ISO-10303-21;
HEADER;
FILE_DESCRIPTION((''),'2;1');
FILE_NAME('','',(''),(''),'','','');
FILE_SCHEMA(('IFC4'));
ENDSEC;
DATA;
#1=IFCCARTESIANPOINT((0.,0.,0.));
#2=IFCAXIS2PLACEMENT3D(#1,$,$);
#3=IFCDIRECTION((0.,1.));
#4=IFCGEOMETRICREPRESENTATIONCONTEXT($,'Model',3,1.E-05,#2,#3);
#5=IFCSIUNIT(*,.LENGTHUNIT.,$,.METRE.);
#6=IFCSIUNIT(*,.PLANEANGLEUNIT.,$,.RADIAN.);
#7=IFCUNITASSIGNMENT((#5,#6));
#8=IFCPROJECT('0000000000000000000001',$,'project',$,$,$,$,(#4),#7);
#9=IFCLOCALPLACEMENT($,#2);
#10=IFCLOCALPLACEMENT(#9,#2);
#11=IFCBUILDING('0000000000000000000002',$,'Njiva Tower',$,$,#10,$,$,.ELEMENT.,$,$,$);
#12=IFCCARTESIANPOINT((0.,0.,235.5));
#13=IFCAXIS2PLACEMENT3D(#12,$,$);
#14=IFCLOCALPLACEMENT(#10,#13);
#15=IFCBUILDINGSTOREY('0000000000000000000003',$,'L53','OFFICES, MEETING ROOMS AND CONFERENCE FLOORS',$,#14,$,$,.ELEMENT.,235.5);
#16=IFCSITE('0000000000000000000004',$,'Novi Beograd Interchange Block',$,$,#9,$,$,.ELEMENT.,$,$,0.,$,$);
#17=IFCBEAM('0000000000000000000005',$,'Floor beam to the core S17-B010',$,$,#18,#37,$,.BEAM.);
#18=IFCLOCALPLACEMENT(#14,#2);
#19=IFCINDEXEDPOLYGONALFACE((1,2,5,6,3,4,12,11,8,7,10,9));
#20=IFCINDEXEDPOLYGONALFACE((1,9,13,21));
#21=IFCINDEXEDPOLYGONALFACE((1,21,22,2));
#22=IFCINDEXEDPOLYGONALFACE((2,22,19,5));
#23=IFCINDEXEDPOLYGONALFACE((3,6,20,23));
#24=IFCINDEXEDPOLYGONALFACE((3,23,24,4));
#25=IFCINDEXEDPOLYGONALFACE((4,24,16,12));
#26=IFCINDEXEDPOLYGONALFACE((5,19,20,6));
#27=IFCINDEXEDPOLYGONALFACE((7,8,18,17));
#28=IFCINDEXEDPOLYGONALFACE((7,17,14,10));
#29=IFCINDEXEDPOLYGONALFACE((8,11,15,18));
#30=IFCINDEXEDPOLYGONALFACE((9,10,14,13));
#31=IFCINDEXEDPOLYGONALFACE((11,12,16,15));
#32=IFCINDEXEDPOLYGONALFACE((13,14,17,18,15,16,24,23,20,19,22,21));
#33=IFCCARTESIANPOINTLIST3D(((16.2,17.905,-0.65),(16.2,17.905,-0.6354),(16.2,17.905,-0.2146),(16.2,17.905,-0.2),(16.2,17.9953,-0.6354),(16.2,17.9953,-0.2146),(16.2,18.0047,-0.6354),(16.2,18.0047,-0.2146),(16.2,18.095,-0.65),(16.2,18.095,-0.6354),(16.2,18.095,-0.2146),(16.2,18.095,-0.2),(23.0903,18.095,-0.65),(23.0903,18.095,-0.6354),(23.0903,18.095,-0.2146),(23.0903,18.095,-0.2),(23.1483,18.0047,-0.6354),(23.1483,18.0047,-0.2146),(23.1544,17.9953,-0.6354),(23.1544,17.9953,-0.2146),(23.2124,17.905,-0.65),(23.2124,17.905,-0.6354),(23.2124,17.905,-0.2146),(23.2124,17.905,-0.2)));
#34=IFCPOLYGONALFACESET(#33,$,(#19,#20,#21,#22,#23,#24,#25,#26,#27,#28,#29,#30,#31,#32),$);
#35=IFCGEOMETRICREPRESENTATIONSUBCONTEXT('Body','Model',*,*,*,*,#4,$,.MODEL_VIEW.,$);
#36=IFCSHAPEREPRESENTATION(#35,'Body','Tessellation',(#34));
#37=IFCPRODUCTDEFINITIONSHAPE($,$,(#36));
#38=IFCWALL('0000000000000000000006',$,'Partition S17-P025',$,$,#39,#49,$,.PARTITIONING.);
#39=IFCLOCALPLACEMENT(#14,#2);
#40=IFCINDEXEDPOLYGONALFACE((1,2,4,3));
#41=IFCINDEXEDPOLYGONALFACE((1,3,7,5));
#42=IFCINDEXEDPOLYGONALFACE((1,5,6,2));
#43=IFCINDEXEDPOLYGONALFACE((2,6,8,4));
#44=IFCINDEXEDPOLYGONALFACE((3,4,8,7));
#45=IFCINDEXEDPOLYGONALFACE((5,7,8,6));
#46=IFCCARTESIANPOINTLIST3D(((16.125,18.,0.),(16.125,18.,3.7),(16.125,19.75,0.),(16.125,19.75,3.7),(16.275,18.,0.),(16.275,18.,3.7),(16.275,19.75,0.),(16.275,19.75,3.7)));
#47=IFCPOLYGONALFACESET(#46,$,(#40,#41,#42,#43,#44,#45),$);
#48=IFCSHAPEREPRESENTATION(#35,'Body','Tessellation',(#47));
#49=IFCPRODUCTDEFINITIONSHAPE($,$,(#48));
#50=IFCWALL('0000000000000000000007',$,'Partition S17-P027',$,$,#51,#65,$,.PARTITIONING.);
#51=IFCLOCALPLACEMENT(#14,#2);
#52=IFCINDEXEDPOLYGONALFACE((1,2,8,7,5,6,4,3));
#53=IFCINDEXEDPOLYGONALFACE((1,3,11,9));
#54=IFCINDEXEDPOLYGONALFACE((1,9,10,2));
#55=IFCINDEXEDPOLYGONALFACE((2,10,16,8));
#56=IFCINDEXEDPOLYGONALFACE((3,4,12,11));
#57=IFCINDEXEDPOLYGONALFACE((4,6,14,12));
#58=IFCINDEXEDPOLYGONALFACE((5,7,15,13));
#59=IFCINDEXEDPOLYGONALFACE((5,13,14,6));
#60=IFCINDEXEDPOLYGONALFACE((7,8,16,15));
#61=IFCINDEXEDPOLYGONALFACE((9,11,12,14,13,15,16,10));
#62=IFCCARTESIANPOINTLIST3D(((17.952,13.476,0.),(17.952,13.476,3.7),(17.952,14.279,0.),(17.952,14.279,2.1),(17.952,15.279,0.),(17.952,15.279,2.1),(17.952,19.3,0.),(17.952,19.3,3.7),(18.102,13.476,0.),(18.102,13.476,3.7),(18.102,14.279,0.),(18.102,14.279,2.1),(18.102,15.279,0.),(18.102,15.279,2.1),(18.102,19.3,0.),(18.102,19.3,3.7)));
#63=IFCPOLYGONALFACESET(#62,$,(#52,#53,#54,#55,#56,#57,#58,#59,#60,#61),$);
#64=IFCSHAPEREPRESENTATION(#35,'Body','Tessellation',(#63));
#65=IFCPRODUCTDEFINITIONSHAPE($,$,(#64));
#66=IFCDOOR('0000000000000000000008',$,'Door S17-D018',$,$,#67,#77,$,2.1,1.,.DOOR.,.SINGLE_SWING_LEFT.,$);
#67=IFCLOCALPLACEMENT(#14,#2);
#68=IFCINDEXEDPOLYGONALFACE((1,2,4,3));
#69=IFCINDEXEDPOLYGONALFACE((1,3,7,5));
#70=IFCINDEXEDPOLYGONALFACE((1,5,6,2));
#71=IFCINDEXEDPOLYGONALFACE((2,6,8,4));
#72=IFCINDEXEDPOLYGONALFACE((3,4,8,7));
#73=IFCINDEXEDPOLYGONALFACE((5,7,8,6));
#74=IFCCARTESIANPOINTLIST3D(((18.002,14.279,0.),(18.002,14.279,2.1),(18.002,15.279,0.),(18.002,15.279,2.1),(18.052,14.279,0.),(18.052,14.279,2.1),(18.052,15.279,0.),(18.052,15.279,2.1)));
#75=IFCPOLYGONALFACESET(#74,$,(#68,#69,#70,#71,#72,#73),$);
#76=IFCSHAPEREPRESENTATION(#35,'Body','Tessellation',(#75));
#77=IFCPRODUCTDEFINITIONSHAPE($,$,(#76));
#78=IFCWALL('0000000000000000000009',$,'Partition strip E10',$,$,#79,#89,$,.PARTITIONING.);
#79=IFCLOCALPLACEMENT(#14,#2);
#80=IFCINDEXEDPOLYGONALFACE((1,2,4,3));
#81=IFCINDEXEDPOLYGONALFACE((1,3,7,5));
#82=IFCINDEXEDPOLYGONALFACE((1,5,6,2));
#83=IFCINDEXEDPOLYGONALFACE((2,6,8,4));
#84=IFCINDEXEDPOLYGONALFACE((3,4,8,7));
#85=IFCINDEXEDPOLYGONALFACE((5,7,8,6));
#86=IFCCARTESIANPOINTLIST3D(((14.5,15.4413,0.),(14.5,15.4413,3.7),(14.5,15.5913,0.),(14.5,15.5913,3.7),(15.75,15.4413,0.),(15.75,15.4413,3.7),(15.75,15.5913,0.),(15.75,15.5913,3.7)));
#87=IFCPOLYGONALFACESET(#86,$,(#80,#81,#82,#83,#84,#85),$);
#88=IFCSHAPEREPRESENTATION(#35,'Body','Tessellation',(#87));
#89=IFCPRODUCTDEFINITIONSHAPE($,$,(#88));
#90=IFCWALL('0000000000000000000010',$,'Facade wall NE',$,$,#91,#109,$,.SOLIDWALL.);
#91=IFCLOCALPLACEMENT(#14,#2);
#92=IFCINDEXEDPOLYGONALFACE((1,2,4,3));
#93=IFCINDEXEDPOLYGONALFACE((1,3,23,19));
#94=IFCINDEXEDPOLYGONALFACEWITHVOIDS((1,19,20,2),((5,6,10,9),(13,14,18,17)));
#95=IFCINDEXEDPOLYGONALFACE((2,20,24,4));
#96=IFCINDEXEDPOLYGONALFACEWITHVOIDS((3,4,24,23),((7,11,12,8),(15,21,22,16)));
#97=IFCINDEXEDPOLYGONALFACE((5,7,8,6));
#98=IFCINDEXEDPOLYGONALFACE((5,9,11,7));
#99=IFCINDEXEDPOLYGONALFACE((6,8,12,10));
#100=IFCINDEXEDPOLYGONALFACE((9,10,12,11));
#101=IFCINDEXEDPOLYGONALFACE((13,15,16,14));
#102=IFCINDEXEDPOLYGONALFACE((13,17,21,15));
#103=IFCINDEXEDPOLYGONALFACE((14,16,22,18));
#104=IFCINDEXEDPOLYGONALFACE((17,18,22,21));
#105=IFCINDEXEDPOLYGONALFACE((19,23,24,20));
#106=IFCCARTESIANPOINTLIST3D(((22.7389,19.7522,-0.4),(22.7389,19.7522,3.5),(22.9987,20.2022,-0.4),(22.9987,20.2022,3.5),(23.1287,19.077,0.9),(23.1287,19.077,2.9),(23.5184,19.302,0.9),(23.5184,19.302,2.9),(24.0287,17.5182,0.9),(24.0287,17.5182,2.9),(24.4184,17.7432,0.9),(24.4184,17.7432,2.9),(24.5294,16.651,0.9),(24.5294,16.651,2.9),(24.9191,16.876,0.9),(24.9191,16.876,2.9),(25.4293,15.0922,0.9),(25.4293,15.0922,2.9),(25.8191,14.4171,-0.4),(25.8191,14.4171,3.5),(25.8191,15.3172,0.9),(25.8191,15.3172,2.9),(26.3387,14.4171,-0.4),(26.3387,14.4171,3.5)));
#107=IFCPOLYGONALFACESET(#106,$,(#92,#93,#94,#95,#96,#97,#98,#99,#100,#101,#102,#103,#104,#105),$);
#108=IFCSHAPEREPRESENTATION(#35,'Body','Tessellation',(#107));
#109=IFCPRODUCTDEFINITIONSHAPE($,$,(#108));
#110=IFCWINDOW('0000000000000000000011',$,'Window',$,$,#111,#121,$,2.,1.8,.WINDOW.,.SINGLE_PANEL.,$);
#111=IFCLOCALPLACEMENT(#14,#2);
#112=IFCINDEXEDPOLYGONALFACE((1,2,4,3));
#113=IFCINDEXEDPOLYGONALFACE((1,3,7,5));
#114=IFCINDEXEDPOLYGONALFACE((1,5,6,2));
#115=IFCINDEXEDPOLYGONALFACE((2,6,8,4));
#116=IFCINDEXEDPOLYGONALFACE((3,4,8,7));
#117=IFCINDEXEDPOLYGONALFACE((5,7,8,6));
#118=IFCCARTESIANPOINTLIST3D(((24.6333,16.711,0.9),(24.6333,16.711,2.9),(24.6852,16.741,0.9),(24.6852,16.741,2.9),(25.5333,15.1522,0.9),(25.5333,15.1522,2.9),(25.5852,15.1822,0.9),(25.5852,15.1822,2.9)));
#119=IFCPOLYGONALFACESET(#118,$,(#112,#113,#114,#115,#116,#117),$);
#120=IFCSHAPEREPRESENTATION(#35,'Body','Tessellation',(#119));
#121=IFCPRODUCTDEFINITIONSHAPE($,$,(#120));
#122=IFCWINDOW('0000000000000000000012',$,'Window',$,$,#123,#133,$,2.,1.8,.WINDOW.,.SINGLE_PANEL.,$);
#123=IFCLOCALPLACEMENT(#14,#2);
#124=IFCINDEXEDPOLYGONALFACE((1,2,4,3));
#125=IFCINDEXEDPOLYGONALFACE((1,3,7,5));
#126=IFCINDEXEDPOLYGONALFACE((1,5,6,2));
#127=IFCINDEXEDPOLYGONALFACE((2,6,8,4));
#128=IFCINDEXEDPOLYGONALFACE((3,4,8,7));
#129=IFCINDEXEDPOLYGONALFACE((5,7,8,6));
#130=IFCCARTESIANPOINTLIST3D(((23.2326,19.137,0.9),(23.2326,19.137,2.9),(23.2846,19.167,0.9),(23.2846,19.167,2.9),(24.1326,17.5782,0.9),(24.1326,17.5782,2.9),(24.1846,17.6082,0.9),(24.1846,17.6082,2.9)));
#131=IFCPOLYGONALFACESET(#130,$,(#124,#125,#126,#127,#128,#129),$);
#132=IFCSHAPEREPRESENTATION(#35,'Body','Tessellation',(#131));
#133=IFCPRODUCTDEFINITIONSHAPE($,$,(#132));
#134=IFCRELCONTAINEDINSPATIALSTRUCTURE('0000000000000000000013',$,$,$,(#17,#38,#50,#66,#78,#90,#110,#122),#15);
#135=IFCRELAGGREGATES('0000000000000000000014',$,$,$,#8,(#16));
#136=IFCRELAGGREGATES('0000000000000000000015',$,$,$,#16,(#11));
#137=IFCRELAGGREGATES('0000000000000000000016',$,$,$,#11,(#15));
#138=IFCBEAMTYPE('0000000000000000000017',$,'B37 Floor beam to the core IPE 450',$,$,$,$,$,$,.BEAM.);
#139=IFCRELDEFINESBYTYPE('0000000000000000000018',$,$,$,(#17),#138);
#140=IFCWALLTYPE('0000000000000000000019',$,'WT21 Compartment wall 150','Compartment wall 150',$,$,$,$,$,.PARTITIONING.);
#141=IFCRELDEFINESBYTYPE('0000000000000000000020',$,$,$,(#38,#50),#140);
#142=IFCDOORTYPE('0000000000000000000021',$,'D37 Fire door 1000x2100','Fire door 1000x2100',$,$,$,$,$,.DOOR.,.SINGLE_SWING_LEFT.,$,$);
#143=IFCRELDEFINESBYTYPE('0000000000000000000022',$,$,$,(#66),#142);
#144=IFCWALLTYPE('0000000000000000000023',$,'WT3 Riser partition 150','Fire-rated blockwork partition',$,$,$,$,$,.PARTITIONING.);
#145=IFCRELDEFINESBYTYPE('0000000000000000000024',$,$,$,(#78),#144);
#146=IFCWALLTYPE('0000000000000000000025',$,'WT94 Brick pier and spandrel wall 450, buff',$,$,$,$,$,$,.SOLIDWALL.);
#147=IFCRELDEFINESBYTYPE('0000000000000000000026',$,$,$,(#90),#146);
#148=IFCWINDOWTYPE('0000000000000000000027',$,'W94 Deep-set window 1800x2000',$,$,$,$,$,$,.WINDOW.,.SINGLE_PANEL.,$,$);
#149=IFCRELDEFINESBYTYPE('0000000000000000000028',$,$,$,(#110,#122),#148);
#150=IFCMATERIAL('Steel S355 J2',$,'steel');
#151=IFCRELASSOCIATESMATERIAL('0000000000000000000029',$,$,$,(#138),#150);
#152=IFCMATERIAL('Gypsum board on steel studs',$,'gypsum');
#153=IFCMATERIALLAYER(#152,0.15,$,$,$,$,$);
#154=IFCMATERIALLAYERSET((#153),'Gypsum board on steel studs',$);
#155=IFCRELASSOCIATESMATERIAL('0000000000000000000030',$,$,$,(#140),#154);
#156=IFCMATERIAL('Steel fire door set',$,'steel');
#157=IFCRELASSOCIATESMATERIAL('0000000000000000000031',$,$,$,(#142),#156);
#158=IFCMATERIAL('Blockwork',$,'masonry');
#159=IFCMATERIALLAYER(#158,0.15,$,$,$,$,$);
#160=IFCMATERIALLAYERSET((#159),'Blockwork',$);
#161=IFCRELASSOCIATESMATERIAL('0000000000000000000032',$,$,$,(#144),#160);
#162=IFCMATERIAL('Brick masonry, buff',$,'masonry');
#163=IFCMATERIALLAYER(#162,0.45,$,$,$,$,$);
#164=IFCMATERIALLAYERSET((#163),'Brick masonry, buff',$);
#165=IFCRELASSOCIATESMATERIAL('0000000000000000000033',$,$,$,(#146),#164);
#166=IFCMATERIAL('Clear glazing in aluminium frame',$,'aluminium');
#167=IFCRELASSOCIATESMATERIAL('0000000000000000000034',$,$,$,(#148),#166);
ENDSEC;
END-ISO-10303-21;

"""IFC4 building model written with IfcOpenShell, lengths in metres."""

from ifc_helpers import new_model, si_unit, direction, frame, frame_2d, origin, origin_2d, place, context, subcontext, project, spatial, polyline, rectangle, i_section, outline, extrude, clip, halfspace, material, layer, layer_set, material_profile, profile_set, type_object, element, fill, save


model = new_model("IFC4")

# Units and contexts
model_context = context("Model", 3, precision=1e-05, world=origin(), true_north=direction((0.0, 1.0)))
body_context = subcontext(model_context, "Body", "Model", "MODEL_VIEW")
ifc_project = project(units=[si_unit("LENGTHUNIT", "METRE"), si_unit("PLANEANGLEUNIT", "RADIAN")], contexts=[model_context])

# Site, building, storey
site_placement = place(None, origin())
site = spatial("IfcSite", under=ifc_project, at=site_placement, Name="Novi Beograd Interchange Block", CompositionType="ELEMENT", RefElevation=0.0)
building_placement = place(site_placement, origin())
building = spatial("IfcBuilding", under=site, at=building_placement, Name="Njiva Tower", CompositionType="ELEMENT")
storey_placement = place(building_placement, frame((0.0, 0.0, 235.5)))
storey = spatial("IfcBuildingStorey", under=building, at=storey_placement, Name="L53", Description="OFFICES, MEETING ROOMS AND CONFERENCE FLOORS", CompositionType="ELEMENT", Elevation=235.5)

# Shared definitions
ifc_material_1 = material(Name="Steel S355 J2", Category="steel")

# Beam
ifc_material_profile_1 = material_profile(ifc_material_1, i_section(OverallWidth=0.19, OverallDepth=0.45, WebThickness=0.0094, FlangeThickness=0.0146, at=origin_2d()), Name="IPE 450")
ifc_profile_set_1 = profile_set([ifc_material_profile_1], Name="Steel S355 J2")
beam_type_1 = type_object("IfcBeamType", Name="B37 Floor beam to the core IPE 450", PredefinedType="BEAM", material=ifc_profile_set_1)
beam_1_placement = place(storey_placement, frame((16.2, 18.0, -0.425), z_axis=(1.0, 0.0, 0.0), x_axis=(0.0, 1.0, 0.0)))
element("IfcBeam", 1, at=beam_1_placement, inside=storey, type_object=beam_type_1, Name="Floor beam to the core S17-B010", PredefinedType="BEAM", context=body_context, shape_type="Clipping", body=[
    clip(extrude(i_section(OverallWidth=0.19, OverallDepth=0.45, WebThickness=0.0094, FlangeThickness=0.0146, at=origin_2d()), origin(), (0.0, 0.0, 1.0), 7.032), halfspace(frame((0.027, 0.0, 6.934), z_axis=(0.540539, 0.0, 0.841319), x_axis=(0.0, 1.0, 0.0)), False)),
])

# Wall
ifc_material_2 = material(Name="Gypsum board on steel studs", Category="gypsum")
ifc_layer_1 = layer(ifc_material_2, 0.15)
ifc_layer_set_1 = layer_set([ifc_layer_1], Name="Gypsum board on steel studs")
wall_type_1 = type_object("IfcWallType", Name="WT21 Compartment wall 150", Description="Compartment wall 150", PredefinedType="PARTITIONING", material=ifc_layer_set_1)
wall_1_placement = place(storey_placement, frame((16.2, 18.0, 0.0), z_axis=(0.0, 0.0, 1.0), x_axis=(0.0, 1.0, 0.0)))
element("IfcWall", 2, at=wall_1_placement, inside=storey, type_object=wall_type_1, Name="Partition S17-P025", PredefinedType="PARTITIONING", context=body_context, shape_type="SweptSolid", body=[
    extrude(rectangle(XDim=1.75, YDim=0.15, at=frame_2d((0.875, 0.0))), origin(), (0.0, 0.0, 1.0), 3.7),
])

# Wall, opening, door
wall_2_placement = place(storey_placement, frame((18.027, 13.476, 0.0), z_axis=(0.0, 0.0, 1.0), x_axis=(0.0, 1.0, 0.0)))
wall_2 = element("IfcWall", 3, at=wall_2_placement, inside=storey, type_object=wall_type_1, Name="Partition S17-P027", PredefinedType="PARTITIONING", context=body_context, shape_type="SweptSolid", body=[
    extrude(rectangle(XDim=5.824, YDim=0.15, at=frame_2d((2.912, 0.0))), origin(), (0.0, 0.0, 1.0), 3.7),
])
opening_1_placement = place(wall_2_placement, frame((0.803, 0.0, 0.0)))
opening_1 = element("IfcOpeningElement", 4, at=opening_1_placement, cuts=wall_2, PredefinedType="OPENING", context=body_context, shape_type="SweptSolid", body=[
    extrude(rectangle(XDim=1.0, YDim=2.1, at=frame_2d((0.5, 1.05))), frame((0.0, 0.085, 0.0), z_axis=(0.0, -1.0, 0.0), x_axis=(1.0, 0.0, 0.0)), (0.0, 0.0, 1.0), 0.17),
])
ifc_material_3 = material(Name="Steel fire door set", Category="steel")
door_type = type_object("IfcDoorType", Name="D37 Fire door 1000x2100", Description="Fire door 1000x2100", OperationType="SINGLE_SWING_LEFT", PredefinedType="DOOR", material=ifc_material_3)
door_placement = place(opening_1_placement, origin())
door = element("IfcDoor", 5, at=door_placement, inside=storey, type_object=door_type, Name="Door S17-D018", OperationType="SINGLE_SWING_LEFT", OverallHeight=2.1, OverallWidth=1.0, PredefinedType="DOOR", context=body_context, shape_type="SweptSolid", body=[
    extrude(rectangle(XDim=1.0, YDim=2.1, at=frame_2d((0.5, 1.05))), frame((0.0, 0.025, 0.0), z_axis=(0.0, -1.0, 0.0), x_axis=(1.0, 0.0, 0.0)), (0.0, 0.0, 1.0), 0.05),
])
fill(opening_1, door)

# Wall
ifc_material_4 = material(Name="Blockwork", Category="masonry")
ifc_layer_2 = layer(ifc_material_4, 0.15)
ifc_layer_set_2 = layer_set([ifc_layer_2], Name="Blockwork")
wall_type_2 = type_object("IfcWallType", Name="WT3 Riser partition 150", Description="Fire-rated blockwork partition", PredefinedType="PARTITIONING", material=ifc_layer_set_2)
wall_3_placement = place(storey_placement, frame((14.5, 15.5163, 0.0), z_axis=(0.0, 0.0, 1.0), x_axis=(1.0, 0.0, 0.0)))
element("IfcWall", 6, at=wall_3_placement, inside=storey, type_object=wall_type_2, Name="Partition strip E10", PredefinedType="PARTITIONING", context=body_context, shape_type="SweptSolid", body=[
    extrude(rectangle(XDim=1.25, YDim=0.15, at=frame_2d((0.625, 0.0))), origin(), (0.0, 0.0, 1.0), 3.7),
])

# Wall, openings, windows
ifc_material_5 = material(Name="Clear glazing in aluminium frame", Category="aluminium")
ifc_material_6 = material(Name="Brick masonry, buff", Category="masonry")
ifc_layer_3 = layer(ifc_material_6, 0.45)
ifc_layer_set_3 = layer_set([ifc_layer_3], Name="Brick masonry, buff")
wall_type_3 = type_object("IfcWallType", Name="WT94 Brick pier and spandrel wall 450, buff", PredefinedType="SOLIDWALL", material=ifc_layer_set_3)
wall_4_placement = place(storey_placement, frame((26.0789, 14.4171, -0.4), z_axis=(0.0, 0.0, 1.0), x_axis=(-0.499997, 0.866027, 0.0)))
wall_4 = element("IfcWall", 7, at=wall_4_placement, inside=storey, type_object=wall_type_3, Name="Facade wall NE", PredefinedType="SOLIDWALL", context=body_context, shape_type="SweptSolid", body=[
    extrude(outline(polyline([(-0.1299, -0.225), (6.5501, -0.225), (6.2903, 0.225), (0.1299, 0.225), (-0.1299, -0.225)])), origin(), (0.0, 0.0, 1.0), 3.9),
])
opening_2_placement = place(wall_4_placement, frame((0.9094, 0.0, 1.3)))
opening_2 = element("IfcOpeningElement", 8, at=opening_2_placement, cuts=wall_4, PredefinedType="OPENING", context=body_context, shape_type="SweptSolid", body=[
    extrude(rectangle(XDim=1.8, YDim=2.0, at=frame_2d((0.9, 1.0))), frame((0.0, 0.235, 0.0), z_axis=(0.0, -1.0, 0.0), x_axis=(1.0, 0.0, 0.0)), (0.0, 0.0, 1.0), 0.47),
])
opening_3_placement = place(wall_4_placement, frame((3.7107, 0.0, 1.3)))
opening_3 = element("IfcOpeningElement", 9, at=opening_3_placement, cuts=wall_4, PredefinedType="OPENING", context=body_context, shape_type="SweptSolid", body=[
    extrude(rectangle(XDim=1.8, YDim=2.0, at=frame_2d((0.9, 1.0))), frame((0.0, 0.235, 0.0), z_axis=(0.0, -1.0, 0.0), x_axis=(1.0, 0.0, 0.0)), (0.0, 0.0, 1.0), 0.47),
])
window_type_1 = type_object("IfcWindowType", Name="W94 Deep-set window 1800x2000", PartitioningType="SINGLE_PANEL", PredefinedType="WINDOW", material=ifc_material_5)
window_1_placement = place(opening_2_placement, origin())
window_1 = element("IfcWindow", 10, at=window_1_placement, inside=storey, type_object=window_type_1, Name="Window", OverallHeight=2.0, OverallWidth=1.8, PartitioningType="SINGLE_PANEL", PredefinedType="WINDOW", context=body_context, shape_type="SweptSolid", body=[
    extrude(rectangle(XDim=1.8, YDim=2.0, at=frame_2d((0.9, 1.0))), frame((0.0, 0.105, 0.0), z_axis=(0.0, -1.0, 0.0), x_axis=(1.0, 0.0, 0.0)), (0.0, 0.0, 1.0), 0.06),
])
fill(opening_2, window_1)
window_2_placement = place(opening_3_placement, origin())
window_2 = element("IfcWindow", 11, at=window_2_placement, inside=storey, type_object=window_type_1, Name="Window", OverallHeight=2.0, OverallWidth=1.8, PartitioningType="SINGLE_PANEL", PredefinedType="WINDOW", context=body_context, shape_type="SweptSolid", body=[
    extrude(rectangle(XDim=1.8, YDim=2.0, at=frame_2d((0.9, 1.0))), frame((0.0, 0.105, 0.0), z_axis=(0.0, -1.0, 0.0), x_axis=(1.0, 0.0, 0.0)), (0.0, 0.0, 1.0), 0.06),
])
fill(opening_3, window_2)

save(model, "model.ifc")
